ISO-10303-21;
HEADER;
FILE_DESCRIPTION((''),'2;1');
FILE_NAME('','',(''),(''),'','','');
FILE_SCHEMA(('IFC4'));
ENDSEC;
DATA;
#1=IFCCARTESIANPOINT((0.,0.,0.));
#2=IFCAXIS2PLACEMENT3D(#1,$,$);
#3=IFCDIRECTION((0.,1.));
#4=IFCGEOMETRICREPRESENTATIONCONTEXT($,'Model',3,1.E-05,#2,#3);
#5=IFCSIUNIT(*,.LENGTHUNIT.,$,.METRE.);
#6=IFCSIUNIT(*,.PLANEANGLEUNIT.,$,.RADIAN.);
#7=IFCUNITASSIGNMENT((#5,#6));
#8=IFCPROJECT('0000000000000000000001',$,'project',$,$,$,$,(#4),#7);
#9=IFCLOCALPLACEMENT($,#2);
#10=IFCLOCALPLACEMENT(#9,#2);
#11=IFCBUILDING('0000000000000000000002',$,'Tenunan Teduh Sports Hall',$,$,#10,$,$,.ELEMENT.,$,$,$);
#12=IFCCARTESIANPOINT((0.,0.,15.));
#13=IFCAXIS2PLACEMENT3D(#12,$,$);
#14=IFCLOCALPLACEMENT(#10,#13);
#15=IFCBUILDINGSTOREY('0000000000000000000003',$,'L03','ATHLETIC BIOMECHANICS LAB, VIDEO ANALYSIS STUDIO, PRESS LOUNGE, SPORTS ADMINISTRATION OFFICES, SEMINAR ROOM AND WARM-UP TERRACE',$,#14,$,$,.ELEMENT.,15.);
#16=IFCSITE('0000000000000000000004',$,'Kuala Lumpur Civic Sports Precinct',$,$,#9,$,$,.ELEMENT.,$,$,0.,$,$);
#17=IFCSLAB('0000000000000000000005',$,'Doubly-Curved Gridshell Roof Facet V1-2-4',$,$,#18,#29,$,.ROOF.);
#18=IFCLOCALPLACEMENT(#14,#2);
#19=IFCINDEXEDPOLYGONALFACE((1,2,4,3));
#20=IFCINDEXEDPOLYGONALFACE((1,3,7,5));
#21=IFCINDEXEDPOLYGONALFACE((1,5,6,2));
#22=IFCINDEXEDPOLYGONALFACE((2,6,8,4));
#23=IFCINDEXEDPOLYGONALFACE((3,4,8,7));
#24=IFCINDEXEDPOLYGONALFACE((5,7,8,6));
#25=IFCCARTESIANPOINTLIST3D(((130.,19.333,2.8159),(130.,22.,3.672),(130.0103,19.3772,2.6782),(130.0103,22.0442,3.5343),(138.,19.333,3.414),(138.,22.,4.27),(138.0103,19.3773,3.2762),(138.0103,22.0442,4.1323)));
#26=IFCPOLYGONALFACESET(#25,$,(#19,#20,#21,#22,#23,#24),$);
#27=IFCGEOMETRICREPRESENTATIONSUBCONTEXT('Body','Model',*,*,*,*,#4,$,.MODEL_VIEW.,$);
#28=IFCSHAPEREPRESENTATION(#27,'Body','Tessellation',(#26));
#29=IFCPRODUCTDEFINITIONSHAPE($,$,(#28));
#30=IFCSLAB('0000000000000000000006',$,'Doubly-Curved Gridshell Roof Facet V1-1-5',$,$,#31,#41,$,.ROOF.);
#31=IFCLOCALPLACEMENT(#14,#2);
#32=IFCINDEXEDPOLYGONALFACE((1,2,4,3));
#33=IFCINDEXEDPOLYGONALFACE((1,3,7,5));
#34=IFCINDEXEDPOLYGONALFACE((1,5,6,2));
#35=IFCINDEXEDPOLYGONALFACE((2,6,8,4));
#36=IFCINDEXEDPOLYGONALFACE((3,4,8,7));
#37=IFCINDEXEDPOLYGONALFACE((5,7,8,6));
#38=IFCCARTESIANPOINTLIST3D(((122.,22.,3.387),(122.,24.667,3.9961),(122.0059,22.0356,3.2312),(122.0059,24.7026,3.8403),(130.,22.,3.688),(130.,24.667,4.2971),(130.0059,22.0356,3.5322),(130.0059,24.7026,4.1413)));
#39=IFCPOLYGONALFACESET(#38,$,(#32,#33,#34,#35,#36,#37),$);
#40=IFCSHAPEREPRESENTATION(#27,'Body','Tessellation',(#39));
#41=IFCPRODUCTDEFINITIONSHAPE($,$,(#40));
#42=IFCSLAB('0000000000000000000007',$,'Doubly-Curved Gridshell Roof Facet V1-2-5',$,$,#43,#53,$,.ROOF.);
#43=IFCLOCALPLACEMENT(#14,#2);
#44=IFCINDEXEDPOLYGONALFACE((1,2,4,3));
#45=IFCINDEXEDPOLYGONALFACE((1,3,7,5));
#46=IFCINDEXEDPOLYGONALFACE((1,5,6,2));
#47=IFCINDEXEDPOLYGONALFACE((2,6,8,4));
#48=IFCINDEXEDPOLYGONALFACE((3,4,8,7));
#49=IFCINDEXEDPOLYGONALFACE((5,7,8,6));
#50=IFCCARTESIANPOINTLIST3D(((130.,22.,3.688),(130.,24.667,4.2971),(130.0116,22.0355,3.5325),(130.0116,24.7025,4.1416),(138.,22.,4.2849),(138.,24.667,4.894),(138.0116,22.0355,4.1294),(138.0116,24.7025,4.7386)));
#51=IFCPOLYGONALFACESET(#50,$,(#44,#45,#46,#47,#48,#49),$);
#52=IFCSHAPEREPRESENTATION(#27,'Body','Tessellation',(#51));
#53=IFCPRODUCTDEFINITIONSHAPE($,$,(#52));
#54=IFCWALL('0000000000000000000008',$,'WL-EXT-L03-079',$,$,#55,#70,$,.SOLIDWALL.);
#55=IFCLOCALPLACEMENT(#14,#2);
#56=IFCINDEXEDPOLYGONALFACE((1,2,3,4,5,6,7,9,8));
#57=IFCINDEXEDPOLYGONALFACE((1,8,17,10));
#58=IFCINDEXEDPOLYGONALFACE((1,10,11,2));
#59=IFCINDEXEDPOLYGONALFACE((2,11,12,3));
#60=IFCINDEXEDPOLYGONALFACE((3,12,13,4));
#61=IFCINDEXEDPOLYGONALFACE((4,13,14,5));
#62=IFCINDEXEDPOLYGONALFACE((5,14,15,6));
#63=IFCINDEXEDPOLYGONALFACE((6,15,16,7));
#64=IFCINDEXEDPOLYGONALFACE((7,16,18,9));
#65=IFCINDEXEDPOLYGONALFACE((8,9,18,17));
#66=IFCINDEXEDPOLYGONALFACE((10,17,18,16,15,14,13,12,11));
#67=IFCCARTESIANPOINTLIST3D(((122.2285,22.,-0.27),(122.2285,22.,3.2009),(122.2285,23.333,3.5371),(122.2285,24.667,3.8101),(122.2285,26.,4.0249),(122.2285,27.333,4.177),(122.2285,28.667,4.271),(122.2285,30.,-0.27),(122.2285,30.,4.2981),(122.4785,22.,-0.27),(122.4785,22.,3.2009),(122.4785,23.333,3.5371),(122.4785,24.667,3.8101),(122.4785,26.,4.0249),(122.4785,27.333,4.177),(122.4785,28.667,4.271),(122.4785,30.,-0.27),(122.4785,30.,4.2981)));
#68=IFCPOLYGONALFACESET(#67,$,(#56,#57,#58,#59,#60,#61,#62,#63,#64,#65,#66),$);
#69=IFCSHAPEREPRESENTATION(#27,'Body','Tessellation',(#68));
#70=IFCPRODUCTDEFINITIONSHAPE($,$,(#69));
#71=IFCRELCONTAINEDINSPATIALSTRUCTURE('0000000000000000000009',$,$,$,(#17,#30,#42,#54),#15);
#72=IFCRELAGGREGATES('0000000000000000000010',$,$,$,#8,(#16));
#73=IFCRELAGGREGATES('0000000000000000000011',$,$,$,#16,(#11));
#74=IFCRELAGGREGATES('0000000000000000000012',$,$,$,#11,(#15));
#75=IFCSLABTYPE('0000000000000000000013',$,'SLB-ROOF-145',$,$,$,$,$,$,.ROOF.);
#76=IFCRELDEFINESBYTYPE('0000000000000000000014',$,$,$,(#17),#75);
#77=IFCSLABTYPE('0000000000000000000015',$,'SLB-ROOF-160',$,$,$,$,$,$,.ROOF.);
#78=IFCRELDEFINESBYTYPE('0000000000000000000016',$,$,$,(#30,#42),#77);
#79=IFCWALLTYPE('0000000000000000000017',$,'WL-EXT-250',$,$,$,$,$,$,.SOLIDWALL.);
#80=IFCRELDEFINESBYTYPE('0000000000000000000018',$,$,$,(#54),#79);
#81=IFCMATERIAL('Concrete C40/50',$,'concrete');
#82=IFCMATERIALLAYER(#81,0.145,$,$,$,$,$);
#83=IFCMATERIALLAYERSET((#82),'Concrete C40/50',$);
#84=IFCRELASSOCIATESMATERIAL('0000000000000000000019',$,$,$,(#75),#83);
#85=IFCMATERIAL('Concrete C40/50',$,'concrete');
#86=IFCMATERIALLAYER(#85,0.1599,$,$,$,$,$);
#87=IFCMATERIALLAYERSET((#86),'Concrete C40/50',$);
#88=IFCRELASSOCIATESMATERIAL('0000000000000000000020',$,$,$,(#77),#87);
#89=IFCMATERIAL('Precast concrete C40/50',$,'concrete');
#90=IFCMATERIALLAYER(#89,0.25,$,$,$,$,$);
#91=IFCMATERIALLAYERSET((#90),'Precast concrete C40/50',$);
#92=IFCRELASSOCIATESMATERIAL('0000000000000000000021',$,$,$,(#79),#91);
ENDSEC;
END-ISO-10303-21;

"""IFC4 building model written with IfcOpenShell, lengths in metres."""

from ifc_helpers import new_model, si_unit, direction, frame, origin, place, context, subcontext, project, spatial, polyline, outline, extrude, material, layer, layer_set, type_object, element, save


model = new_model("IFC4")

# Units and contexts
model_context = context("Model", 3, precision=1e-05, world=origin(), true_north=direction((0.0, 1.0)))
body_context = subcontext(model_context, "Body", "Model", "MODEL_VIEW")
ifc_project = project(units=[si_unit("LENGTHUNIT", "METRE"), si_unit("PLANEANGLEUNIT", "RADIAN")], contexts=[model_context])

# Site, building, storey
site_placement = place(None, origin())
site = spatial("IfcSite", under=ifc_project, at=site_placement, Name="Kuala Lumpur Civic Sports Precinct", CompositionType="ELEMENT", RefElevation=0.0)
building_placement = place(site_placement, origin())
building = spatial("IfcBuilding", under=site, at=building_placement, Name="Tenunan Teduh Sports Hall", CompositionType="ELEMENT")
storey_placement = place(building_placement, frame((0.0, 0.0, 15.0)))
storey = spatial("IfcBuildingStorey", under=building, at=storey_placement, Name="L03", Description="ATHLETIC BIOMECHANICS LAB, VIDEO ANALYSIS STUDIO, PRESS LOUNGE, SPORTS ADMINISTRATION OFFICES, SEMINAR ROOM AND WARM-UP TERRACE", CompositionType="ELEMENT", Elevation=15.0)

# Slabs
ifc_material_1 = material(Name="Concrete C40/50", Category="concrete")
ifc_layer_1 = layer(ifc_material_1, 0.145)
ifc_layer_set_1 = layer_set([ifc_layer_1], Name="Concrete C40/50")
slab_type_1 = type_object("IfcSlabType", Name="SLB-ROOF-145", PredefinedType="ROOF", material=ifc_layer_set_1)
slab_1_placement = place(storey_placement, frame((130.0, 19.333, 2.8159), z_axis=(-0.070996, -0.30486, 0.949747), x_axis=(0.997218, 0.000004, 0.074546)))
element("IfcSlab", 1, at=slab_1_placement, inside=storey, type_object=slab_type_1, Name="Doubly-Curved Gridshell Roof Facet V1-2-4", PredefinedType="ROOF", context=body_context, shape_type="SweptSolid", body=[
    extrude(outline(polyline([(0.0, 0.0), (8.0223, 0.0), (8.0862, 2.8003), (0.0638, 2.8003), (0.0, 0.0)])), origin(), (0.0, 0.0, -1.0), 0.145),
])
ifc_material_2 = material(Name="Concrete C40/50", Category="concrete")
ifc_layer_2 = layer(ifc_material_2, 0.1599)
ifc_layer_set_2 = layer_set([ifc_layer_2], Name="Concrete C40/50")
slab_type_2 = type_object("IfcSlabType", Name="SLB-ROOF-160", PredefinedType="ROOF", material=ifc_layer_set_2)
slab_2_placement = place(storey_placement, frame((122.0, 22.0, 3.387), z_axis=(-0.036659, -0.222513, 0.97424), x_axis=(0.999293, 0.0, 0.037602)))
element("IfcSlab", 2, at=slab_2_placement, inside=storey, type_object=slab_type_2, Name="Doubly-Curved Gridshell Roof Facet V1-1-5", PredefinedType="ROOF", context=body_context, shape_type="SweptSolid", body=[
    extrude(outline(polyline([(0.0, 0.0), (8.0057, 0.0), (8.0286, 2.7356), (0.0229, 2.7356), (0.0, 0.0)])), origin(), (0.0, 0.0, -1.0), 0.1599),
])
slab_3_placement = place(storey_placement, frame((130.0, 22.0, 3.688), z_axis=(-0.072551, -0.222076, 0.972326), x_axis=(0.997228, 0.0, 0.074409)))
element("IfcSlab", 3, at=slab_3_placement, inside=storey, type_object=slab_type_2, Name="Doubly-Curved Gridshell Roof Facet V1-2-5", PredefinedType="ROOF", context=body_context, shape_type="SweptSolid", body=[
    extrude(outline(polyline([(0.0, 0.0), (8.0222, 0.0), (8.0676, 2.7353), (0.0453, 2.7353), (0.0, 0.0)])), origin(), (0.0, 0.0, -1.0), 0.1599),
])

# Wall
ifc_material_3 = material(Name="Precast concrete C40/50", Category="concrete")
ifc_layer_3 = layer(ifc_material_3, 0.25)
ifc_layer_set_3 = layer_set([ifc_layer_3], Name="Precast concrete C40/50")
wall_type = type_object("IfcWallType", Name="WL-EXT-250", PredefinedType="SOLIDWALL", material=ifc_layer_set_3)
wall_placement = place(storey_placement, frame((122.3535, 22.0, -0.27), z_axis=(0.0, 0.0, 1.0), x_axis=(0.0, 1.0, 0.0)))
element("IfcWall", 4, at=wall_placement, inside=storey, type_object=wall_type, Name="WL-EXT-L03-079", PredefinedType="SOLIDWALL", context=body_context, shape_type="SweptSolid", body=[
    extrude(outline(polyline([(0.0, 0.0), (8.0, 0.0), (8.0, 4.5681), (6.667, 4.541), (5.333, 4.447), (4.0, 4.2949), (2.667, 4.0801), (1.333, 3.8071), (0.0, 3.4709), (0.0, 0.0)])), frame((0.0, 0.125, 0.0), z_axis=(0.0, -1.0, 0.0), x_axis=(1.0, 0.0, 0.0)), (0.0, 0.0, 1.0), 0.25),
])

save(model, "model.ifc")
